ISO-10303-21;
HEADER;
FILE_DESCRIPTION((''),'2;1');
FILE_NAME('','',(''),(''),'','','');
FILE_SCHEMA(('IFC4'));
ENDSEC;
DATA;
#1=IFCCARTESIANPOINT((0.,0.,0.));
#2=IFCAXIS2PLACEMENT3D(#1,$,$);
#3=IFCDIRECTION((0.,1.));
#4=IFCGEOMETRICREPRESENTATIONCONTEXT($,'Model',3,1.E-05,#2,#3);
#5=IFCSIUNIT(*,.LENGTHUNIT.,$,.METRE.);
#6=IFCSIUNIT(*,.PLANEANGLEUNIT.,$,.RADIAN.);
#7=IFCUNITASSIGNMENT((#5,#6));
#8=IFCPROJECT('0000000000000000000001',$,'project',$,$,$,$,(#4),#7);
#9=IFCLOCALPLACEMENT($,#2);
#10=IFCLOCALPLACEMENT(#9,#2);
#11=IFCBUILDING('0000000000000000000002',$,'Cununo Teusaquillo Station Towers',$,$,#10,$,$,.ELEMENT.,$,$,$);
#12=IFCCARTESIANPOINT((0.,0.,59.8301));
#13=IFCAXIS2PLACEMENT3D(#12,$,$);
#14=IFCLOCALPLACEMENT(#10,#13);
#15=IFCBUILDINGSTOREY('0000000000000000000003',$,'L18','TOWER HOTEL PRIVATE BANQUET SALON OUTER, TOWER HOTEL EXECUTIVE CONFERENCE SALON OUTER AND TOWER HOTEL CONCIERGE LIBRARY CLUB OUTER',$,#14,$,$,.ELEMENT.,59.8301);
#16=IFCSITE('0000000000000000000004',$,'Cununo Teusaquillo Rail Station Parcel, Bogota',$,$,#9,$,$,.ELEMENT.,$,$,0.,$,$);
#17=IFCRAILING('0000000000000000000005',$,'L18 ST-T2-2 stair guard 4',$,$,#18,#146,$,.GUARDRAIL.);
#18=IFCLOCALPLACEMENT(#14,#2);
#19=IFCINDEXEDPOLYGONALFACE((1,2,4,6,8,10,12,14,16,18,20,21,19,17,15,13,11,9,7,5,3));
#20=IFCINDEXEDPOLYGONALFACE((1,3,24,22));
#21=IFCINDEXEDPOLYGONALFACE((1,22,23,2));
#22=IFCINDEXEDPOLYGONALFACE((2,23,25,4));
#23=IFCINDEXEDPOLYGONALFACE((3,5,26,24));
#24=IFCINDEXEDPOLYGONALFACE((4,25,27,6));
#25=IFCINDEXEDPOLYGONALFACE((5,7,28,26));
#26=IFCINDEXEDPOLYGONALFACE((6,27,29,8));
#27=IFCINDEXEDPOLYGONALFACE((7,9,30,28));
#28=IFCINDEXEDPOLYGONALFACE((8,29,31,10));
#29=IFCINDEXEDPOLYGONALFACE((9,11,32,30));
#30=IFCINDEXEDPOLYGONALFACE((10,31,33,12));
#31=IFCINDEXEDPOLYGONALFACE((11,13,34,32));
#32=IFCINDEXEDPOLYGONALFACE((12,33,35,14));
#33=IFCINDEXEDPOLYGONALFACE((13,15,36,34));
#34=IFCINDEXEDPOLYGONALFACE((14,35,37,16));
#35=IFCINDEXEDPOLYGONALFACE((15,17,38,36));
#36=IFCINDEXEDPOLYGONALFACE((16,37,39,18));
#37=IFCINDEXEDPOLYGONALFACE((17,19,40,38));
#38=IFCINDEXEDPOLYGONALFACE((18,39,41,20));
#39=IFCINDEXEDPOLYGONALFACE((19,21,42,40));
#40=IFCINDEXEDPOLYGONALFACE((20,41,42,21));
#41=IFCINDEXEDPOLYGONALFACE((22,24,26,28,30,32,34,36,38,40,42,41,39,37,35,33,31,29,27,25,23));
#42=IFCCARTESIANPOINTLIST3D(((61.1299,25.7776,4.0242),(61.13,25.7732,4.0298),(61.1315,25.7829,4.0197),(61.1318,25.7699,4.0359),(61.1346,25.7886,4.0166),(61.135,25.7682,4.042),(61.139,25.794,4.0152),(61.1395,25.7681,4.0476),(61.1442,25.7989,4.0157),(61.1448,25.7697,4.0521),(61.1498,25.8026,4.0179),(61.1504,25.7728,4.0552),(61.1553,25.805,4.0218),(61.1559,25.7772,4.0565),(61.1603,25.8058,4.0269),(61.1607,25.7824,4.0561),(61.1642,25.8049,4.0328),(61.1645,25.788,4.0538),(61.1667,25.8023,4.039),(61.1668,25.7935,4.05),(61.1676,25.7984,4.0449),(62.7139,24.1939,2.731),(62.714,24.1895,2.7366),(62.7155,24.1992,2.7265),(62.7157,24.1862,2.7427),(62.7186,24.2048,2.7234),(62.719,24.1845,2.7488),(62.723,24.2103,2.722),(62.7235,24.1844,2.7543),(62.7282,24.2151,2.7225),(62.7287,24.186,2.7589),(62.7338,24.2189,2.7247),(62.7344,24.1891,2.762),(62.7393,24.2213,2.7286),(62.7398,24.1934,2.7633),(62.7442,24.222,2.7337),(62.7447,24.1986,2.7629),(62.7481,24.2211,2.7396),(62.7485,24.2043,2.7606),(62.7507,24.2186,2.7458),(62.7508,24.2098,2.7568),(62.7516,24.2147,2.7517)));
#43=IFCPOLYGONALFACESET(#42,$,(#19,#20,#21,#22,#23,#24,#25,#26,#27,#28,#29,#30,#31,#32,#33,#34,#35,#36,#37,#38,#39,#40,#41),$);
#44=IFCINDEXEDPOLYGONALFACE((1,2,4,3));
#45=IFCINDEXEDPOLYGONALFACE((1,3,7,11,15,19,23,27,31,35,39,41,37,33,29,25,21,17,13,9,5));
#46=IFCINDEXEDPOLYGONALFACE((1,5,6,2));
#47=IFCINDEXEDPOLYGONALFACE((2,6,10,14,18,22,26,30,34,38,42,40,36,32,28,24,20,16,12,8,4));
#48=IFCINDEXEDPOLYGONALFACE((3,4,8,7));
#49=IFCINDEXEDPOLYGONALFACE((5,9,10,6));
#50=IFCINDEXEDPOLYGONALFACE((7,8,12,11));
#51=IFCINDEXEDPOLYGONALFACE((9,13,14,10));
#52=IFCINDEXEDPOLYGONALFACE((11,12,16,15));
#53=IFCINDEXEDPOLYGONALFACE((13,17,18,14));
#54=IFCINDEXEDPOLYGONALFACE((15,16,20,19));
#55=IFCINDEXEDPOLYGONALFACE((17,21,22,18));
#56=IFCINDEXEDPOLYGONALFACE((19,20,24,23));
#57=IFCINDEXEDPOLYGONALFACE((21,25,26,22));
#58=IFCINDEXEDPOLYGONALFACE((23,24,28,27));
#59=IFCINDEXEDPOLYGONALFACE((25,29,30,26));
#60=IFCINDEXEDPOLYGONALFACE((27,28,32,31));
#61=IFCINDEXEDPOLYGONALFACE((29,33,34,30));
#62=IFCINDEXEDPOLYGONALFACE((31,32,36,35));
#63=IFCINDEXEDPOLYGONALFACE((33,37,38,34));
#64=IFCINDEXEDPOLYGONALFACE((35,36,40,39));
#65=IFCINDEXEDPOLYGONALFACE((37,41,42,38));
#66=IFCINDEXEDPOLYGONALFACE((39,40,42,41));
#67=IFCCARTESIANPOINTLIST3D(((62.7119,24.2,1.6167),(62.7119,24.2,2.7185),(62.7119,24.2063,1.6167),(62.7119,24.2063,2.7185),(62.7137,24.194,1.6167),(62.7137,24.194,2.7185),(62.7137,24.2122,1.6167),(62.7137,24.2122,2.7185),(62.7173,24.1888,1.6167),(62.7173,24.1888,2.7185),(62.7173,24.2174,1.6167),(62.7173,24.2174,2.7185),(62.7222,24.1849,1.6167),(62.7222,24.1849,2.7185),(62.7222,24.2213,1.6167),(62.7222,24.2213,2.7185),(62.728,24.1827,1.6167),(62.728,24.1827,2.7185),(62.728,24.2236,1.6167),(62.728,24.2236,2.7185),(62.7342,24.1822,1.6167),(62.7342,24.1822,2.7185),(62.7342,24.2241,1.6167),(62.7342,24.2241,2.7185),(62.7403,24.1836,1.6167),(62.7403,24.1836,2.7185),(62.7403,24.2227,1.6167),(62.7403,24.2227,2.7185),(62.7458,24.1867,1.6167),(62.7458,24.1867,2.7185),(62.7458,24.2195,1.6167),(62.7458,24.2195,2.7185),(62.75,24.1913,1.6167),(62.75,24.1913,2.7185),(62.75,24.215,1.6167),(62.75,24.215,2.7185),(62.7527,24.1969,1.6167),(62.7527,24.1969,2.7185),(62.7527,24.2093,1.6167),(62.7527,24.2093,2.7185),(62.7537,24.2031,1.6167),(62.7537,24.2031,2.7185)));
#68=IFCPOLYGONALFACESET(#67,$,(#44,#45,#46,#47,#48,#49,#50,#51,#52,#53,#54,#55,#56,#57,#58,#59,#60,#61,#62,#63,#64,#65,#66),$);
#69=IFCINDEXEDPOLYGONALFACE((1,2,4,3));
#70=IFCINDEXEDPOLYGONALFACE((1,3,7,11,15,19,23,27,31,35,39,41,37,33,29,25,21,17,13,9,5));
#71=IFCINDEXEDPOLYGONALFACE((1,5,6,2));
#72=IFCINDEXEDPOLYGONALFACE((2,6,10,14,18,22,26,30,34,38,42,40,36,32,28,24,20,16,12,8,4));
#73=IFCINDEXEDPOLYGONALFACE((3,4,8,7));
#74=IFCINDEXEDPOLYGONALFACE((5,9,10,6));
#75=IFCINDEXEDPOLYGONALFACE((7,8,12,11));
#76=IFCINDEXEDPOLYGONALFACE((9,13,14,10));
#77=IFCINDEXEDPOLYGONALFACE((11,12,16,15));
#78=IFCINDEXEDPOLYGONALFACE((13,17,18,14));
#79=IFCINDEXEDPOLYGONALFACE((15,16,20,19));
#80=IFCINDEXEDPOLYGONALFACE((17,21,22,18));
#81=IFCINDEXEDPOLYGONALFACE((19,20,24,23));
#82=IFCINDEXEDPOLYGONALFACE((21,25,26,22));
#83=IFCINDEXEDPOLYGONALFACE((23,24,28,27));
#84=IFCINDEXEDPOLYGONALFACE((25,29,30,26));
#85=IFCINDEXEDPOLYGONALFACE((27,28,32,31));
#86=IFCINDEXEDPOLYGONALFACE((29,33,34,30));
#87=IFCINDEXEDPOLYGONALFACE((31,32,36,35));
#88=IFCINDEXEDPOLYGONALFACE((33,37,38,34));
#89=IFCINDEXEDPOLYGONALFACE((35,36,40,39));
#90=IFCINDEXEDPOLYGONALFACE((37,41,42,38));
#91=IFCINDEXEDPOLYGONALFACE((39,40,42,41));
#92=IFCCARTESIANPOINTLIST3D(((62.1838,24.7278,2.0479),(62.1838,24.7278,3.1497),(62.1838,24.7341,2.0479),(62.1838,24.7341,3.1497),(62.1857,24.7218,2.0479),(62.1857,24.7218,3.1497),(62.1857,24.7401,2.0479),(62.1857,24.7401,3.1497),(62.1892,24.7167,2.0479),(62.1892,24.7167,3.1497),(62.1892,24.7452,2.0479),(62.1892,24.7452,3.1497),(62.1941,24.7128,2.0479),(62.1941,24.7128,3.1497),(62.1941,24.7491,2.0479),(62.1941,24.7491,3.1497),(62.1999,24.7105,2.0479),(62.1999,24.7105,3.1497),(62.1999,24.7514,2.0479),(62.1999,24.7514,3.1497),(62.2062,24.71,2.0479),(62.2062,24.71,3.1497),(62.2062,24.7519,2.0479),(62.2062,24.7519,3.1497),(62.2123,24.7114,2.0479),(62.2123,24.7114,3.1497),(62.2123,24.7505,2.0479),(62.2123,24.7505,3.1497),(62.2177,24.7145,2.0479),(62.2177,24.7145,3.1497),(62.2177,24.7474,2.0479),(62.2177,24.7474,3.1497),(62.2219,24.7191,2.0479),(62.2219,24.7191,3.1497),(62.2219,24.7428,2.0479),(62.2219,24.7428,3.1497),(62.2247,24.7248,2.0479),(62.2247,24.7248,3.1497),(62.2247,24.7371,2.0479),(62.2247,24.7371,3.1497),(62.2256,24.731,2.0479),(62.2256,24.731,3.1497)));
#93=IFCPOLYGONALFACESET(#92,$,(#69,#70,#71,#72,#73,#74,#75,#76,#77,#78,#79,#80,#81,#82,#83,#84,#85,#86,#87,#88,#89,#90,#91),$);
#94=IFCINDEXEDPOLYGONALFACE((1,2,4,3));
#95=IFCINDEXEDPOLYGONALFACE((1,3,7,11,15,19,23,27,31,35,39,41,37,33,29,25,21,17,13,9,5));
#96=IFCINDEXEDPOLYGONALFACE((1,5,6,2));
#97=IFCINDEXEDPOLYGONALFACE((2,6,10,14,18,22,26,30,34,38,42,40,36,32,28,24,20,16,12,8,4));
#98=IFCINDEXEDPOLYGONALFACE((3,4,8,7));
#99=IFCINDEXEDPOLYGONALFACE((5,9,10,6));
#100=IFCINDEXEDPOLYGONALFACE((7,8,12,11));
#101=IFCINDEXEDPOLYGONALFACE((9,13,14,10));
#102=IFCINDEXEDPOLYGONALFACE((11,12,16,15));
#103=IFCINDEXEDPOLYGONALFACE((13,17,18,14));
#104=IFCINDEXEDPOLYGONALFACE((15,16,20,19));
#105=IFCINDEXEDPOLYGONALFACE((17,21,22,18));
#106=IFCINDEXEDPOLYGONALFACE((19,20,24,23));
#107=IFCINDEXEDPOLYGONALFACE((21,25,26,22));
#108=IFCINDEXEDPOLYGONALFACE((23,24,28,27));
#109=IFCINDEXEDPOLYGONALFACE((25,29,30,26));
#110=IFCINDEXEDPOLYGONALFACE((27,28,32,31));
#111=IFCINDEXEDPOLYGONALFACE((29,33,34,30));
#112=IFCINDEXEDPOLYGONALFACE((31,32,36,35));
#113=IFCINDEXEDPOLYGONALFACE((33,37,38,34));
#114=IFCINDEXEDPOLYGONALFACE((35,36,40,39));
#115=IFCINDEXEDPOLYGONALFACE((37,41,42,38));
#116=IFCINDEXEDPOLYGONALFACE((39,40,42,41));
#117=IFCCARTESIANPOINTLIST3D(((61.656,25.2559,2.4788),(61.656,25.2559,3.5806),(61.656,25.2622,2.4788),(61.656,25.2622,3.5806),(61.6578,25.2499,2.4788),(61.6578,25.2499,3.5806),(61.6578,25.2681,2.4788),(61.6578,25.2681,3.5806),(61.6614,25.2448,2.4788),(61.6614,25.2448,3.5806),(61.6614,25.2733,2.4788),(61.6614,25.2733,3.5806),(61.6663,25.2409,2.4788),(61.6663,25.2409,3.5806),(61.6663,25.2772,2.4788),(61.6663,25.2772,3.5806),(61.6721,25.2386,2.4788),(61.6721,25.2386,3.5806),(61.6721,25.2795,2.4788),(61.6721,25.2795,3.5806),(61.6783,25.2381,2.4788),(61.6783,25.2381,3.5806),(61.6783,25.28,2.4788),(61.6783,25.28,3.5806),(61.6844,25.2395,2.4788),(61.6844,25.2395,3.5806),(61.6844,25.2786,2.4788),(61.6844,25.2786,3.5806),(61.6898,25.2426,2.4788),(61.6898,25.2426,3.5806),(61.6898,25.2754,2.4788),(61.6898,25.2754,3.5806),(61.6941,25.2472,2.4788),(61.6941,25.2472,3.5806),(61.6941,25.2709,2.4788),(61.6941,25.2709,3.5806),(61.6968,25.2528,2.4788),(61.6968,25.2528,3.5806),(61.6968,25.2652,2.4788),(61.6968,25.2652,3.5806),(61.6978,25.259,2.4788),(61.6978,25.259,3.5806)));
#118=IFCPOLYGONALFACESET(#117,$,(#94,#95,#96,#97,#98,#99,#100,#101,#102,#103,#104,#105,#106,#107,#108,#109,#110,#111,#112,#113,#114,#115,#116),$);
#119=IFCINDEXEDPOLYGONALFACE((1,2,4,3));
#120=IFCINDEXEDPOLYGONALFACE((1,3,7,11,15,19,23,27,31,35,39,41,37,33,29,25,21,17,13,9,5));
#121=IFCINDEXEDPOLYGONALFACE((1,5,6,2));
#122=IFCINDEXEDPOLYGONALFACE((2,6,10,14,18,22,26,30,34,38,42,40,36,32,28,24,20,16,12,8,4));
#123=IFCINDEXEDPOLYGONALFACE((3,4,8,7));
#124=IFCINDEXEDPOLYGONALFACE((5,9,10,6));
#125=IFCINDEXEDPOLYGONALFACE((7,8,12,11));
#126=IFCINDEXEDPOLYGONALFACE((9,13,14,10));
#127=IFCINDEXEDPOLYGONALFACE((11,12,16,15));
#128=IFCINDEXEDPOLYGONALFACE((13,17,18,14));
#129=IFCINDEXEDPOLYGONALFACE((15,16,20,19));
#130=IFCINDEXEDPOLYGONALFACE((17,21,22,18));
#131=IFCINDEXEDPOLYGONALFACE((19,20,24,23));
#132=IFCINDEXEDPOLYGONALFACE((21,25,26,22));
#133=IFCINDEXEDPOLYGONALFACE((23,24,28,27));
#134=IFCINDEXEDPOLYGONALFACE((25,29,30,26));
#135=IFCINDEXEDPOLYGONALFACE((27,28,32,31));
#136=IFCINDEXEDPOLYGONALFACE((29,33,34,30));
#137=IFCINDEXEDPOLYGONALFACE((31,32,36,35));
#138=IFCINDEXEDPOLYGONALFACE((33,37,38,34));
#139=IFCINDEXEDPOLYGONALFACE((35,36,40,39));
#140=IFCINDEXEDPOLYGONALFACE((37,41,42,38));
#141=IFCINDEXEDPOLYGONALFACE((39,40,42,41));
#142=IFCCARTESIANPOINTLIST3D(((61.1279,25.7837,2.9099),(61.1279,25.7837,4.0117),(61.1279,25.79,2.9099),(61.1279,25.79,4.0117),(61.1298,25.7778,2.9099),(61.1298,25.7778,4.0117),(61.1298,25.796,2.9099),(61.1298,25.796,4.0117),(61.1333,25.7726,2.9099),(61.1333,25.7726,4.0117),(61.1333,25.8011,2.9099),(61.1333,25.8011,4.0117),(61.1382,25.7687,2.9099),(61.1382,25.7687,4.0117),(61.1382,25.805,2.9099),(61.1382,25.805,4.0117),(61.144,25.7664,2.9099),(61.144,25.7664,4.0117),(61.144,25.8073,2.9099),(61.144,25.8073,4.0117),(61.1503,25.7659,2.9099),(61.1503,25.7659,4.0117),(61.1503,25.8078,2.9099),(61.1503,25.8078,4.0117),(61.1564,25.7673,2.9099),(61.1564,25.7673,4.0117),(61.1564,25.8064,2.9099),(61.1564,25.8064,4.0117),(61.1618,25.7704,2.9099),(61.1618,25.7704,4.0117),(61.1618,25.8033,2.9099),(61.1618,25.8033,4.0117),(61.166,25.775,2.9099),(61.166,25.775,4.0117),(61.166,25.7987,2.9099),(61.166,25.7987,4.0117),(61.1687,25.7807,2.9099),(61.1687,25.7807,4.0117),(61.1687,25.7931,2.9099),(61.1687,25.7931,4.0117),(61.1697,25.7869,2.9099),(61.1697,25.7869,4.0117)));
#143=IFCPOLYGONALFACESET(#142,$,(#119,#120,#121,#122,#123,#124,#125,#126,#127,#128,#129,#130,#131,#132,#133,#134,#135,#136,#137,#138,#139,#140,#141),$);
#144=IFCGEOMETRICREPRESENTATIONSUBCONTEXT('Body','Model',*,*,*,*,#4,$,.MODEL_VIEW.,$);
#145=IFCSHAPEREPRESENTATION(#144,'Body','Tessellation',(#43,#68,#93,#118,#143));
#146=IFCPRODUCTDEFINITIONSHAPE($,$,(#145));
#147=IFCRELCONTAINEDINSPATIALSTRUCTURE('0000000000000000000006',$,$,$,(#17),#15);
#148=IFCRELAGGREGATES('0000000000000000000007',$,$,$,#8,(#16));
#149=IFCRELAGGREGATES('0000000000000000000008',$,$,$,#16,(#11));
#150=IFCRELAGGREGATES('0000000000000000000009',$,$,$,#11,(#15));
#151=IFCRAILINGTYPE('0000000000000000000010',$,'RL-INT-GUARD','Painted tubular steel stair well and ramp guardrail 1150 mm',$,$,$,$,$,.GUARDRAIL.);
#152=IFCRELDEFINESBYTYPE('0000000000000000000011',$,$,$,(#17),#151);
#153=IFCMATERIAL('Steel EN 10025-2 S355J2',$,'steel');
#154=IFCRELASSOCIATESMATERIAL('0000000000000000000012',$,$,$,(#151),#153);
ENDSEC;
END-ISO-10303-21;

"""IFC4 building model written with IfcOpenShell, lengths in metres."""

from ifc_helpers import new_model, si_unit, direction, frame, origin, origin_2d, place, context, subcontext, project, spatial, circle, extrude, material, type_object, element, save


model = new_model("IFC4")

# Units and contexts
model_context = context("Model", 3, precision=1e-05, world=origin(), true_north=direction((0.0, 1.0)))
body_context = subcontext(model_context, "Body", "Model", "MODEL_VIEW")
ifc_project = project(units=[si_unit("LENGTHUNIT", "METRE"), si_unit("PLANEANGLEUNIT", "RADIAN")], contexts=[model_context])

# Site, building, storey
site_placement = place(None, origin())
site = spatial("IfcSite", under=ifc_project, at=site_placement, Name="Cununo Teusaquillo Rail Station Parcel, Bogota", CompositionType="ELEMENT", RefElevation=0.0)
building_placement = place(site_placement, origin())
building = spatial("IfcBuilding", under=site, at=building_placement, Name="Cununo Teusaquillo Station Towers", CompositionType="ELEMENT")
storey_placement = place(building_placement, frame((0.0, 0.0, 59.8301)))
storey = spatial("IfcBuildingStorey", under=building, at=storey_placement, Name="L18", Description="TOWER HOTEL PRIVATE BANQUET SALON OUTER, TOWER HOTEL EXECUTIVE CONFERENCE SALON OUTER AND TOWER HOTEL CONCIERGE LIBRARY CLUB OUTER", CompositionType="ELEMENT", Elevation=59.8301)

# Railing
ifc_material_1 = material(Name="Steel EN 10025-2 S355J2", Category="steel")
railing_type_1 = type_object("IfcRailingType", Name="RL-INT-GUARD", Description="Painted tubular steel stair well and ramp guardrail 1150 mm", PredefinedType="GUARDRAIL", material=ifc_material_1)
railing_1_placement = place(storey_placement, frame((62.7327, 24.2031, 1.6167)))
element("IfcRailing", 1, at=railing_1_placement, inside=storey, type_object=railing_type_1, Name="L18 ST-T2-2 stair guard 4", PredefinedType="GUARDRAIL", context=body_context, shape_type="SweptSolid", body=[
    extrude(circle(Radius=0.0239, at=origin_2d()), frame((0.0, 0.0, 1.126), z_axis=(-0.61242, 0.612326, 0.499998), x_axis=(-0.707052, -0.707161, 0.0)), (0.0, 0.0, 1.0), 2.5864),
    extrude(circle(Radius=0.021, at=origin_2d()), origin(), (0.0, 0.0, 1.0), 1.1018),
    extrude(circle(Radius=0.021, at=origin_2d()), frame((-0.5281, 0.5278, 0.4312)), (0.0, 0.0, 1.0), 1.1018),
    extrude(circle(Radius=0.021, at=origin_2d()), frame((-1.0559, 1.0559, 0.8621)), (0.0, 0.0, 1.0), 1.1018),
    extrude(circle(Radius=0.021, at=origin_2d()), frame((-1.584, 1.5837, 1.2932)), (0.0, 0.0, 1.0), 1.1018),
])

save(model, "model.ifc")
